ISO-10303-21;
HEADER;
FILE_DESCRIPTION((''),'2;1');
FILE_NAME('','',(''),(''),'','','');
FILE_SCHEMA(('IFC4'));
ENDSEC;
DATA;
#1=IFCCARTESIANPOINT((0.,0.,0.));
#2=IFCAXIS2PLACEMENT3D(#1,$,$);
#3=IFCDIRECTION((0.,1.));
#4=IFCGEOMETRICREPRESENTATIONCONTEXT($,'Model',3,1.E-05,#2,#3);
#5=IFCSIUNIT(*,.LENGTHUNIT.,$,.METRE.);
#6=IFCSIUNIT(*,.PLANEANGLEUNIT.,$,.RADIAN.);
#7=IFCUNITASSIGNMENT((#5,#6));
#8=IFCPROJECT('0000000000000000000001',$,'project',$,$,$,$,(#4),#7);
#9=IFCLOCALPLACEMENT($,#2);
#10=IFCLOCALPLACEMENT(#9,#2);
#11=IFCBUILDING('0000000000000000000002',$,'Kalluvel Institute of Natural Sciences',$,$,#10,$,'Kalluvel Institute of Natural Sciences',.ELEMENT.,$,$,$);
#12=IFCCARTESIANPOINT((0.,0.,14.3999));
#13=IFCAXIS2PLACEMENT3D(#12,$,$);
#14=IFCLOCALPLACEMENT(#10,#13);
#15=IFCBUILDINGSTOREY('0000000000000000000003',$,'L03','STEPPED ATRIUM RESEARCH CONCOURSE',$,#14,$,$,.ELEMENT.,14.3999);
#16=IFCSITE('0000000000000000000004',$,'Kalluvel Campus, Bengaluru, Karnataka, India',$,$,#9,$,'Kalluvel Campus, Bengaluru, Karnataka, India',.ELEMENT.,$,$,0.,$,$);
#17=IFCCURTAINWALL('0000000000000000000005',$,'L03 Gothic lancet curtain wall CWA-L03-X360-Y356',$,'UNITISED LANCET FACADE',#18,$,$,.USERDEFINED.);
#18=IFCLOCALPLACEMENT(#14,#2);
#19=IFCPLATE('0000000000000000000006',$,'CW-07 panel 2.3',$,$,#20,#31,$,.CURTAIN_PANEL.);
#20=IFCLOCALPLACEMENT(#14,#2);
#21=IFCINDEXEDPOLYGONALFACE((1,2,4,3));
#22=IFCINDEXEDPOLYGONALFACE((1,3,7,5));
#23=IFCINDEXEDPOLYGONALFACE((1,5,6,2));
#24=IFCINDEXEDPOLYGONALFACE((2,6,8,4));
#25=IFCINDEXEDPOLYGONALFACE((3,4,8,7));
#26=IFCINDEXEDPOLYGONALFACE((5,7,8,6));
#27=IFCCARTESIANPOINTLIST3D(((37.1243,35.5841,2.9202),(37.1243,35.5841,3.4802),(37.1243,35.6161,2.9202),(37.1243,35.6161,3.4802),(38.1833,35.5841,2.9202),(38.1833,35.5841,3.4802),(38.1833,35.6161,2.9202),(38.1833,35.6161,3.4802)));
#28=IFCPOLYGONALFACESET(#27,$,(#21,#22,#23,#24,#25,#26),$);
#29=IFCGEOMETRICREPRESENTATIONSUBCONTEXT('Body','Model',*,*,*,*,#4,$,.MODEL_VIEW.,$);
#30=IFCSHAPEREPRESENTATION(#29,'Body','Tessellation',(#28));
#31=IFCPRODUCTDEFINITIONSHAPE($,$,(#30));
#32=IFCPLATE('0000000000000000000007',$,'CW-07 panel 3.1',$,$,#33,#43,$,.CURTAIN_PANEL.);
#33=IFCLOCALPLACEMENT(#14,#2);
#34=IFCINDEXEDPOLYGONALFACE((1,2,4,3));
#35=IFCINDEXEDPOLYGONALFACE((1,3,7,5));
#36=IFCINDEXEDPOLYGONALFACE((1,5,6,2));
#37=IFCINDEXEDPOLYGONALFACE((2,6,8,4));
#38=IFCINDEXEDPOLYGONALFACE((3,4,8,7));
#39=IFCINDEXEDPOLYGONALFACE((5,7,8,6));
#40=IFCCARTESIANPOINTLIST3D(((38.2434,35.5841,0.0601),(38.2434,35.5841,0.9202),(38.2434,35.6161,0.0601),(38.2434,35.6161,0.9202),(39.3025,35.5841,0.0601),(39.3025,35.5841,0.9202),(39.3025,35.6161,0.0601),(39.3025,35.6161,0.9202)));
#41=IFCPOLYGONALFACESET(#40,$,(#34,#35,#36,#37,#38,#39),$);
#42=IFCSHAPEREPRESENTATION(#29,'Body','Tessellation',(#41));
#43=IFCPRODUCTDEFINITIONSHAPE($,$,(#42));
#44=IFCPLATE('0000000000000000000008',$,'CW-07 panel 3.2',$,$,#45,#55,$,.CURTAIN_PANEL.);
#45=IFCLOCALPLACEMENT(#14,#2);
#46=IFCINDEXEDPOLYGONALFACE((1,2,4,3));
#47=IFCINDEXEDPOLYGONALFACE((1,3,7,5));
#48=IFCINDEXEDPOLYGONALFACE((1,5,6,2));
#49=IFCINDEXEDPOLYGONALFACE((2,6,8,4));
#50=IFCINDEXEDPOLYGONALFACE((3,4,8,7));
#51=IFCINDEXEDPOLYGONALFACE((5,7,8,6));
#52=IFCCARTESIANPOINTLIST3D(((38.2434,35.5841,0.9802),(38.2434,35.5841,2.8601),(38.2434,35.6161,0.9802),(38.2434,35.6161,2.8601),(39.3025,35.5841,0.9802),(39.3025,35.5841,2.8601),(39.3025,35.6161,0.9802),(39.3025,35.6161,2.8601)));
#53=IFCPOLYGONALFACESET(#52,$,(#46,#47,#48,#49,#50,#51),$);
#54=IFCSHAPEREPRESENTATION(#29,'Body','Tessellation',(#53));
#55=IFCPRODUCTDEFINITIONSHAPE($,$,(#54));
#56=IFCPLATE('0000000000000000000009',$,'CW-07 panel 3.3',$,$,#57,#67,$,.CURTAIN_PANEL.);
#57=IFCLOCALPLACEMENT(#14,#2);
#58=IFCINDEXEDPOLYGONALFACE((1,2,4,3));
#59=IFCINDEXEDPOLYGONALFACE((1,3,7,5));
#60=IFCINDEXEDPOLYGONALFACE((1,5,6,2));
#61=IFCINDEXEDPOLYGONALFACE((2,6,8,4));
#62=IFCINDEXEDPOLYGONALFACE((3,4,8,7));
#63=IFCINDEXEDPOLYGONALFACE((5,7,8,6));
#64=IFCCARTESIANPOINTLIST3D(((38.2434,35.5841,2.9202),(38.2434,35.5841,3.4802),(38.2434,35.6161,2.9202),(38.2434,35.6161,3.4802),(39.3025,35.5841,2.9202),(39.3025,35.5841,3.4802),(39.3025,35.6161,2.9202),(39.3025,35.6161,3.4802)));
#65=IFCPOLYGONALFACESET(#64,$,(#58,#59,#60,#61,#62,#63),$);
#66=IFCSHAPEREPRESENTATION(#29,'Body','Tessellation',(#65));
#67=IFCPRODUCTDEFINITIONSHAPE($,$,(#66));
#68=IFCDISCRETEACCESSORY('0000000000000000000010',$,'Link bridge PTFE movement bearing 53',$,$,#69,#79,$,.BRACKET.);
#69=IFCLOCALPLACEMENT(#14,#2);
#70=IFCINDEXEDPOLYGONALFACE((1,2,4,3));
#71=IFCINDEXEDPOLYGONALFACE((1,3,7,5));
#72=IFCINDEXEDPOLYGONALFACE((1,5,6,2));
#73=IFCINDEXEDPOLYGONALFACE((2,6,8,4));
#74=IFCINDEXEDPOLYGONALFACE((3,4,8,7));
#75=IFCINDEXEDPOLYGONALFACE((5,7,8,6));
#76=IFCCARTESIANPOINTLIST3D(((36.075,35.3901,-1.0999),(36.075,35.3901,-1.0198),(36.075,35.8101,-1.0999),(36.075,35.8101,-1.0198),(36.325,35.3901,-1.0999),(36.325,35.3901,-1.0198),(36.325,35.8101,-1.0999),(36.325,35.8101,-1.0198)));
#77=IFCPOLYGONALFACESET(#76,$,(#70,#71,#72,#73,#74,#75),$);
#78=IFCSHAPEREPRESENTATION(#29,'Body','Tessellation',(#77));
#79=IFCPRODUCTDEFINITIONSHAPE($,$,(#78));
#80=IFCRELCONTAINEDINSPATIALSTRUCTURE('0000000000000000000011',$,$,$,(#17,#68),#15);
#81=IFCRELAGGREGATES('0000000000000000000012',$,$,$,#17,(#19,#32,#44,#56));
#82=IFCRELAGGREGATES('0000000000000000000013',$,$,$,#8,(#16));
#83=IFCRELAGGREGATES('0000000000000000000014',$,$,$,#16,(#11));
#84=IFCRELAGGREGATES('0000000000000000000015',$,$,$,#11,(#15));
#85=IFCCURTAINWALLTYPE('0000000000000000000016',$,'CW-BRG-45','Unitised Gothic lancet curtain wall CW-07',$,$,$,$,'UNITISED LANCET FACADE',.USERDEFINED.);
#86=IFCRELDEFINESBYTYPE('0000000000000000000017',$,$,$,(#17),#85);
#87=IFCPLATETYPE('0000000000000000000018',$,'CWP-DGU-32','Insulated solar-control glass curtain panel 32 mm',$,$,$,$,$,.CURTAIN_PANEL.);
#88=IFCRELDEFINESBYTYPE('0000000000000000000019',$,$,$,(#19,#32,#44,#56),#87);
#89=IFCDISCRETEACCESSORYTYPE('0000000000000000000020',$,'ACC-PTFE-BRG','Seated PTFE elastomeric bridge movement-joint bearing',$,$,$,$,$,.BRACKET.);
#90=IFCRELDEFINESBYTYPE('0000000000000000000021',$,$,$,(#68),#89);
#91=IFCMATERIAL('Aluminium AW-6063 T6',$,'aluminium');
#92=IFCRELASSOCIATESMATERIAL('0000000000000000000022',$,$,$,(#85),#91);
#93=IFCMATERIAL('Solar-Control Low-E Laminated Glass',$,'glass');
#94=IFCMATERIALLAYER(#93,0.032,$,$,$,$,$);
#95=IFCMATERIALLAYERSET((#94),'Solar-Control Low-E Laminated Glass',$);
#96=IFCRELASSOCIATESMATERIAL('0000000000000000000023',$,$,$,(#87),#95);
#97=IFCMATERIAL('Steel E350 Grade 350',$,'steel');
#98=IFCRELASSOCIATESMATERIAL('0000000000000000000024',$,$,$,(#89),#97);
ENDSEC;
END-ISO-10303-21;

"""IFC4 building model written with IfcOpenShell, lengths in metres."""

from ifc_helpers import new_model, si_unit, direction, frame, origin, origin_2d, place, context, subcontext, project, spatial, rectangle, extrude, material, layer, layer_set, type_object, element, aggregate, save


model = new_model("IFC4")

# Units and contexts
model_context = context("Model", 3, precision=1e-05, world=origin(), true_north=direction((0.0, 1.0)))
body_context = subcontext(model_context, "Body", "Model", "MODEL_VIEW")
ifc_project = project(units=[si_unit("LENGTHUNIT", "METRE"), si_unit("PLANEANGLEUNIT", "RADIAN")], contexts=[model_context])

# Site, building, storey
site_placement = place(None, origin())
site = spatial("IfcSite", under=ifc_project, at=site_placement, Name="Kalluvel Campus, Bengaluru, Karnataka, India", LongName="Kalluvel Campus, Bengaluru, Karnataka, India", CompositionType="ELEMENT", RefElevation=0.0)
building_placement = place(site_placement, origin())
building = spatial("IfcBuilding", under=site, at=building_placement, Name="Kalluvel Institute of Natural Sciences", LongName="Kalluvel Institute of Natural Sciences", CompositionType="ELEMENT")
storey_placement = place(building_placement, frame((0.0, 0.0, 14.3999)))
storey = spatial("IfcBuildingStorey", under=building, at=storey_placement, Name="L03", Description="STEPPED ATRIUM RESEARCH CONCOURSE", CompositionType="ELEMENT", Elevation=14.3999)

# Shared definitions
ifc_material_1 = material(Name="Steel E350 Grade 350", Category="steel")

# Curtain wall, plates
ifc_material_2 = material(Name="Aluminium AW-6063 T6", Category="aluminium")
curtain_wall_type = type_object("IfcCurtainWallType", Name="CW-BRG-45", Description="Unitised Gothic lancet curtain wall CW-07", ElementType="UNITISED LANCET FACADE", PredefinedType="USERDEFINED", material=ifc_material_2)
curtain_wall_placement = place(storey_placement, origin())
curtain_wall = element("IfcCurtainWall", 1, at=curtain_wall_placement, inside=storey, type_object=curtain_wall_type, Name="L03 Gothic lancet curtain wall CWA-L03-X360-Y356", ObjectType="UNITISED LANCET FACADE", PredefinedType="USERDEFINED")
ifc_material_3 = material(Name="Solar-Control Low-E Laminated Glass", Category="glass")
ifc_layer = layer(ifc_material_3, 0.032)
ifc_layer_set = layer_set([ifc_layer], Name="Solar-Control Low-E Laminated Glass")
plate_type = type_object("IfcPlateType", Name="CWP-DGU-32", Description="Insulated solar-control glass curtain panel 32 mm", PredefinedType="CURTAIN_PANEL", material=ifc_layer_set)
plate_1_placement = place(storey_placement, frame((37.6538, 35.6001, 2.9202), z_axis=(0.0, 0.0, 1.0), x_axis=(1.0, 0.0, 0.0)))
plate_1 = element("IfcPlate", 2, at=plate_1_placement, type_object=plate_type, Name="CW-07 panel 2.3", PredefinedType="CURTAIN_PANEL", context=body_context, shape_type="SweptSolid", body=[
    extrude(rectangle(XDim=1.0591, YDim=0.032, at=origin_2d()), origin(), (0.0, 0.0, 1.0), 0.5601),
])
plate_2_placement = place(storey_placement, frame((38.7729, 35.6001, 0.0601), z_axis=(0.0, 0.0, 1.0), x_axis=(1.0, 0.0, 0.0)))
plate_2 = element("IfcPlate", 3, at=plate_2_placement, type_object=plate_type, Name="CW-07 panel 3.1", PredefinedType="CURTAIN_PANEL", context=body_context, shape_type="SweptSolid", body=[
    extrude(rectangle(XDim=1.0591, YDim=0.032, at=origin_2d()), origin(), (0.0, 0.0, 1.0), 0.8601),
])
plate_3_placement = place(storey_placement, frame((38.7729, 35.6001, 0.9802), z_axis=(0.0, 0.0, 1.0), x_axis=(1.0, 0.0, 0.0)))
plate_3 = element("IfcPlate", 4, at=plate_3_placement, type_object=plate_type, Name="CW-07 panel 3.2", PredefinedType="CURTAIN_PANEL", context=body_context, shape_type="SweptSolid", body=[
    extrude(rectangle(XDim=1.0591, YDim=0.032, at=origin_2d()), origin(), (0.0, 0.0, 1.0), 1.8799),
])
plate_4_placement = place(storey_placement, frame((38.7729, 35.6001, 2.9202), z_axis=(0.0, 0.0, 1.0), x_axis=(1.0, 0.0, 0.0)))
plate_4 = element("IfcPlate", 5, at=plate_4_placement, type_object=plate_type, Name="CW-07 panel 3.3", PredefinedType="CURTAIN_PANEL", context=body_context, shape_type="SweptSolid", body=[
    extrude(rectangle(XDim=1.0591, YDim=0.032, at=origin_2d()), origin(), (0.0, 0.0, 1.0), 0.5601),
])
aggregate(curtain_wall, [plate_1, plate_2, plate_3, plate_4])

# Discrete accessory
discrete_accessory_type = type_object("IfcDiscreteAccessoryType", Name="ACC-PTFE-BRG", Description="Seated PTFE elastomeric bridge movement-joint bearing", PredefinedType="BRACKET", material=ifc_material_1)
discrete_accessory_placement = place(storey_placement, frame((36.2, 35.6001, -1.0999), z_axis=(0.0, 0.0, 1.0), x_axis=(1.0, 0.0, 0.0)))
element("IfcDiscreteAccessory", 6, at=discrete_accessory_placement, inside=storey, type_object=discrete_accessory_type, Name="Link bridge PTFE movement bearing 53", PredefinedType="BRACKET", context=body_context, shape_type="SweptSolid", body=[
    extrude(rectangle(XDim=0.25, YDim=0.4199, at=origin_2d()), origin(), (0.0, 0.0, 1.0), 0.0801),
])

save(model, "model.ifc")
